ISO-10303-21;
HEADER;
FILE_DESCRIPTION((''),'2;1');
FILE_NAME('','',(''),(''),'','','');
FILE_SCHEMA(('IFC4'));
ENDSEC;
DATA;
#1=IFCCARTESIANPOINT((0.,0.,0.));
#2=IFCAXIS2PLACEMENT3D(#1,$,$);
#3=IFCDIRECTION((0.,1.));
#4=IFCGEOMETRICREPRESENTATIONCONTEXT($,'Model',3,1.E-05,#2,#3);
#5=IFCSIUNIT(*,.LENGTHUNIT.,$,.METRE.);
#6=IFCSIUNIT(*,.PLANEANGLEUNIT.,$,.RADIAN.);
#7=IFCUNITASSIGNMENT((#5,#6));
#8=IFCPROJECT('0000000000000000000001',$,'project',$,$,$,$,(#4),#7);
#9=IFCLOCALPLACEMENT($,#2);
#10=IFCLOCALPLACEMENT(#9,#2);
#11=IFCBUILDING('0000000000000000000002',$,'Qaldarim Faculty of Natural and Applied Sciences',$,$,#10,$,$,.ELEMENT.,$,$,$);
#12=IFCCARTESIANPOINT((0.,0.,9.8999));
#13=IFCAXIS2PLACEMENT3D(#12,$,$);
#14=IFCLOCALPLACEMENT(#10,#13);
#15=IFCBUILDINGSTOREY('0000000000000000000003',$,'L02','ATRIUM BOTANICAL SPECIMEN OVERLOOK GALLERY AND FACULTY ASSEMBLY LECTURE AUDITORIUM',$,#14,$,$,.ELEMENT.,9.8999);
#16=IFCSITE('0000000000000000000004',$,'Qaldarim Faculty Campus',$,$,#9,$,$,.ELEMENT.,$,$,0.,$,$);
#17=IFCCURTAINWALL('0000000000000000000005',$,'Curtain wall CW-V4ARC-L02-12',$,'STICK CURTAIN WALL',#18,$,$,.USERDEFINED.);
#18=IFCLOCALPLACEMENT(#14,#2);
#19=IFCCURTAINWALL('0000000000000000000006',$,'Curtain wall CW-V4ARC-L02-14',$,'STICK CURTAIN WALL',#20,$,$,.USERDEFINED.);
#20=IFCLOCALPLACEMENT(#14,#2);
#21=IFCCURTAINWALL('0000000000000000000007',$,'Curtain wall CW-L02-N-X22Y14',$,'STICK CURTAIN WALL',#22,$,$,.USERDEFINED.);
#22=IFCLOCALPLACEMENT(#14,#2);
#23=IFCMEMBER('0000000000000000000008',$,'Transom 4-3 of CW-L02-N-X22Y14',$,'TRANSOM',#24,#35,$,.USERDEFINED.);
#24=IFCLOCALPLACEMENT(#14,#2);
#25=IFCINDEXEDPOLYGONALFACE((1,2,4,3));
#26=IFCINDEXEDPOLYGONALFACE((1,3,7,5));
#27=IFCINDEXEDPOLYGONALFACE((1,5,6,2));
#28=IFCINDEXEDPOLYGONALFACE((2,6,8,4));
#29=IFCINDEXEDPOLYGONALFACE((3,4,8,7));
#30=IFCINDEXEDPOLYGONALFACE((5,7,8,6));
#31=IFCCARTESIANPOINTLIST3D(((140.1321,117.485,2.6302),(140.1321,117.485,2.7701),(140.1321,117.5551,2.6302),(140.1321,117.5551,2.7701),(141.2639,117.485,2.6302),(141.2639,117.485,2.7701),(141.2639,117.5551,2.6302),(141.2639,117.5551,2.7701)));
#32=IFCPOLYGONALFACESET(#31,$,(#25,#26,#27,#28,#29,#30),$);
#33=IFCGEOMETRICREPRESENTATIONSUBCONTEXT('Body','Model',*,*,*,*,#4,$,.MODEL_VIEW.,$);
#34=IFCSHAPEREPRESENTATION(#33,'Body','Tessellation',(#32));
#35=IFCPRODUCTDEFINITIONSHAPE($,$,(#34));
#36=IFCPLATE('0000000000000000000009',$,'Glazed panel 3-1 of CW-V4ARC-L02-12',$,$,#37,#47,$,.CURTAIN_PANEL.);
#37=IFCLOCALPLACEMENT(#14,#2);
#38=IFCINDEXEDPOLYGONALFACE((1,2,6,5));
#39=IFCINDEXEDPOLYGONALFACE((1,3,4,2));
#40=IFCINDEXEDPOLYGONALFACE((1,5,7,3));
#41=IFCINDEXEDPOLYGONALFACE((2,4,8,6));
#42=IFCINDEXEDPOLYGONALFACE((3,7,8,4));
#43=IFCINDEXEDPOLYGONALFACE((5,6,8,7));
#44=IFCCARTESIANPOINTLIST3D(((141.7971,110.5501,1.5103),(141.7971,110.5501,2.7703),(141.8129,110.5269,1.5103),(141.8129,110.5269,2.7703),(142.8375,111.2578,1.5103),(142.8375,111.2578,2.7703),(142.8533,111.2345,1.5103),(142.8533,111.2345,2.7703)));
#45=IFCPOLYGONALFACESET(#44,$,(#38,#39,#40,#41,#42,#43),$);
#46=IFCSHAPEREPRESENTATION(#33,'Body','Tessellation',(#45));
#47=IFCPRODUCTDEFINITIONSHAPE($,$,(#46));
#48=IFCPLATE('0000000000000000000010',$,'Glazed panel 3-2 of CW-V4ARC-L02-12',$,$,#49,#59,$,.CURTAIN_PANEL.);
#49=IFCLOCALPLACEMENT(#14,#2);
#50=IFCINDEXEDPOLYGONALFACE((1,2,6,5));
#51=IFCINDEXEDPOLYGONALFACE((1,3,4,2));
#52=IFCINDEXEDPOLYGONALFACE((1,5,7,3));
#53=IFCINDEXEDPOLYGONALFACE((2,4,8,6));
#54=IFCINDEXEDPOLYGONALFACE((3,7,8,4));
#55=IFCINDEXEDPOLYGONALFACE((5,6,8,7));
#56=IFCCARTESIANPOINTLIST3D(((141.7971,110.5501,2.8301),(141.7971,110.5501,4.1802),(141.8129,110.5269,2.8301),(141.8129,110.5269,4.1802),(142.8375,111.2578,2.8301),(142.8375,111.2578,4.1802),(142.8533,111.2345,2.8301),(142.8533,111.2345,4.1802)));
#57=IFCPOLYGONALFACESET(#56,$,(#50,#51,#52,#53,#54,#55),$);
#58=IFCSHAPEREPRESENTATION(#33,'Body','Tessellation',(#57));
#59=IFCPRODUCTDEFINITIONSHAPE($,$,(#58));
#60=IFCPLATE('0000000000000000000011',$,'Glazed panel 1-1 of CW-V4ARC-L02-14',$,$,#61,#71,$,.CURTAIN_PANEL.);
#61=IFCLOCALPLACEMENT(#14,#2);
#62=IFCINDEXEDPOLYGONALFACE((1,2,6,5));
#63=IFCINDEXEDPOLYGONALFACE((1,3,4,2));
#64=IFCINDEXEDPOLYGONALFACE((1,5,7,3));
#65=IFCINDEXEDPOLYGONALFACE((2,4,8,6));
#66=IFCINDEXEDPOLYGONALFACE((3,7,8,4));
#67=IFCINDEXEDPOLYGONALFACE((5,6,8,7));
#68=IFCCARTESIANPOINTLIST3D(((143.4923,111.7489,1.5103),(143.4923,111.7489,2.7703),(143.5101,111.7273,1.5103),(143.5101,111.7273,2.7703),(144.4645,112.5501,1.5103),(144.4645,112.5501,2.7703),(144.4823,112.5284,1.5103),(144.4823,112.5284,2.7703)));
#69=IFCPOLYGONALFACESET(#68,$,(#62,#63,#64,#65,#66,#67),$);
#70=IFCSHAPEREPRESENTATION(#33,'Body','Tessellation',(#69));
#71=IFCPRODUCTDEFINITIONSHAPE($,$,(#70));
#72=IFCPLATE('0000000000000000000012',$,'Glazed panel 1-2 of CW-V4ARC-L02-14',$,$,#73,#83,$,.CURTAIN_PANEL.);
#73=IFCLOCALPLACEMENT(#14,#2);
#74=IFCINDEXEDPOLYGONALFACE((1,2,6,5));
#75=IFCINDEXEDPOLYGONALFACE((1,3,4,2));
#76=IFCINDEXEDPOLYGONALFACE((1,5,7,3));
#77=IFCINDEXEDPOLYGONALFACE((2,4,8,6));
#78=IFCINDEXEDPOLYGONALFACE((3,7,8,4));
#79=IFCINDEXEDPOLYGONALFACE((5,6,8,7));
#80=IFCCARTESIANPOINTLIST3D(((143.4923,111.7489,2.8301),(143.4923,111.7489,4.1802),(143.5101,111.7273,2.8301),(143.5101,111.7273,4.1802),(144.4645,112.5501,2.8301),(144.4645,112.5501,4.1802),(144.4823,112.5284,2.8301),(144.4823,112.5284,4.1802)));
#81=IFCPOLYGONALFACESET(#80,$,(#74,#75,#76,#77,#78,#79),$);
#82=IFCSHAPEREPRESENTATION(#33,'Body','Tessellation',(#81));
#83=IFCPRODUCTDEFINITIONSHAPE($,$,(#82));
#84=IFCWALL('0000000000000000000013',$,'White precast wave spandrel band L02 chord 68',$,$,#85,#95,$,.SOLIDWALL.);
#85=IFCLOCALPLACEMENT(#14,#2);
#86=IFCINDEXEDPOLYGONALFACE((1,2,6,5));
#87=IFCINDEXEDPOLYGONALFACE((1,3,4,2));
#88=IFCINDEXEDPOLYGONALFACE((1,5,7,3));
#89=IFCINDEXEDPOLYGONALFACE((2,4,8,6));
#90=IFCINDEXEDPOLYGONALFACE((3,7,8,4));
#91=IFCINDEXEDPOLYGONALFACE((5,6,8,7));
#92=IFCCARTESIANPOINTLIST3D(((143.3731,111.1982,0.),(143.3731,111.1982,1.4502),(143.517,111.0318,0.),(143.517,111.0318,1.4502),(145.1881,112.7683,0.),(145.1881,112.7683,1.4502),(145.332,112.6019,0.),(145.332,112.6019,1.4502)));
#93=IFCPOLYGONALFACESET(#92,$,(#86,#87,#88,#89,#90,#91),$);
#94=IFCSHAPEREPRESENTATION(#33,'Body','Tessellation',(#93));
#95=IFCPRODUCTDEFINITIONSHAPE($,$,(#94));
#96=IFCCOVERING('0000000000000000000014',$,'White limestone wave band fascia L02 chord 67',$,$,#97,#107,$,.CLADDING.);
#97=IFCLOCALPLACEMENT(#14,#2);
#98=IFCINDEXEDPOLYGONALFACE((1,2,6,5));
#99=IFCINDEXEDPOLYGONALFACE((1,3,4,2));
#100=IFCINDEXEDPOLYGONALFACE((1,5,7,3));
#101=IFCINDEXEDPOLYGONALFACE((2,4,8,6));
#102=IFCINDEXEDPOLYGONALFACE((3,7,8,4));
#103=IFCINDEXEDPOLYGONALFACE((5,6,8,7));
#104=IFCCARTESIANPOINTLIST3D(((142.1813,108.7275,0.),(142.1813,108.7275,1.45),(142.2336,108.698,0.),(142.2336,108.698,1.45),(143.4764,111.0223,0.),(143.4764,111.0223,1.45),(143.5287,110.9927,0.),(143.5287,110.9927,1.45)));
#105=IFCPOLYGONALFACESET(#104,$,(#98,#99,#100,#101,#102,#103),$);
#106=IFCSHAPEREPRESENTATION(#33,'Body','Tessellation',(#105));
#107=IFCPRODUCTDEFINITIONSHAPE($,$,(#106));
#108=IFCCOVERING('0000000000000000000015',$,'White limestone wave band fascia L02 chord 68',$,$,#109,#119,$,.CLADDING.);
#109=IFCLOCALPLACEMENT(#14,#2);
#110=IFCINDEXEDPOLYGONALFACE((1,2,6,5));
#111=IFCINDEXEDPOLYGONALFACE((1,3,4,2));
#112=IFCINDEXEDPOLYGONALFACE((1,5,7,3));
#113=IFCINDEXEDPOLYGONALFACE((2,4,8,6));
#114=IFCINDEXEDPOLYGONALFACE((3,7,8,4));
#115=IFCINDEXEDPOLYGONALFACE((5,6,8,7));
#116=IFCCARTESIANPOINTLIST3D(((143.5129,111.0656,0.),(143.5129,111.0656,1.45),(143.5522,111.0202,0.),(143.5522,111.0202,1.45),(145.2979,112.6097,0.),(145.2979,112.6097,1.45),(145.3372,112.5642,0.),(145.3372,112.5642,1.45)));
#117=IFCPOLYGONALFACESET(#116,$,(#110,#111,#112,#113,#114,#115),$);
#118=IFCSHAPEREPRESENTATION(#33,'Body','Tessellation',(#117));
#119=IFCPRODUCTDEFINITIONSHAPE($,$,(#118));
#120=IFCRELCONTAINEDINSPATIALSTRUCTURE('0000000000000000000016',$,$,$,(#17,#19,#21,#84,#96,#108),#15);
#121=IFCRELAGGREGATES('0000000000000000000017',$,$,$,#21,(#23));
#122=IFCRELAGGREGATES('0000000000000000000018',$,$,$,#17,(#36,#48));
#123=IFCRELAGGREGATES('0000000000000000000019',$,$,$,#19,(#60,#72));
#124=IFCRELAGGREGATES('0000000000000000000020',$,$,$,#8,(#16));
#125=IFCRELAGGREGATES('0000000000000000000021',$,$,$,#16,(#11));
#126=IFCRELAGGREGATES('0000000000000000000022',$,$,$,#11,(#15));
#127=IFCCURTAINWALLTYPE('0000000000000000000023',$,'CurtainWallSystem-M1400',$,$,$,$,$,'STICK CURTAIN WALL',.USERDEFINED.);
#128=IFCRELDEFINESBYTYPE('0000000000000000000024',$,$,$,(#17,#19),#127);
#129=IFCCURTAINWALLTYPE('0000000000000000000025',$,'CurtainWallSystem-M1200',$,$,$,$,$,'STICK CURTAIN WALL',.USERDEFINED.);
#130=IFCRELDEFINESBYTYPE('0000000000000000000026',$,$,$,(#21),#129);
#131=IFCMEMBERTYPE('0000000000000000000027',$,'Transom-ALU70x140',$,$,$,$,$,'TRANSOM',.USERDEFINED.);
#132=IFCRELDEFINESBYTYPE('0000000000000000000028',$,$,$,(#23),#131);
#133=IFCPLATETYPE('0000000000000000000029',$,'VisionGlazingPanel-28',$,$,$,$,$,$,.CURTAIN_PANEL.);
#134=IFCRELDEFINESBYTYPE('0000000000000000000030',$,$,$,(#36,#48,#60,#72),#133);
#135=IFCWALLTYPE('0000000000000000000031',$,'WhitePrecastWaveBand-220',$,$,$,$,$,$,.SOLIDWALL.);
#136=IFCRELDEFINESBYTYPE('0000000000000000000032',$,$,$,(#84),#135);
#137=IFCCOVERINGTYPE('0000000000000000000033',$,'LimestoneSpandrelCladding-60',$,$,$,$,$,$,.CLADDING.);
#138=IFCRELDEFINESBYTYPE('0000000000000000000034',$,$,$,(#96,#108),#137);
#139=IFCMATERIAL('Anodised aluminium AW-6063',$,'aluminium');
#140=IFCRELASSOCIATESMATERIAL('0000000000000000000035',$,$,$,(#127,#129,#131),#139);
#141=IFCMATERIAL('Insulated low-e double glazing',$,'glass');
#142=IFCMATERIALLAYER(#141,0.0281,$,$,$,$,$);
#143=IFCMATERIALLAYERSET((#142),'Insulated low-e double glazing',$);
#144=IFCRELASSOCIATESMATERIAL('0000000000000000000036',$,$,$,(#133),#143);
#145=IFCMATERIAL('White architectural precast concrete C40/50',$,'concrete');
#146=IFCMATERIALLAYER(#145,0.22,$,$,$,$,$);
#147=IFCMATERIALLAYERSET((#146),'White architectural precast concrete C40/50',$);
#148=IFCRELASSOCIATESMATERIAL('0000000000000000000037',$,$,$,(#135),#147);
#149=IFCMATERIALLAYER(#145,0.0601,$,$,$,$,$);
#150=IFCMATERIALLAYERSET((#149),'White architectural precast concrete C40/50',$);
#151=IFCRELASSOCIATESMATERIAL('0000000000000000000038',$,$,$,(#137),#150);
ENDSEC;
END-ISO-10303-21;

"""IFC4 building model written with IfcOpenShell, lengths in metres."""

from ifc_helpers import new_model, si_unit, direction, frame, frame_2d, origin, origin_2d, place, context, subcontext, project, spatial, rectangle, extrude, material, layer, layer_set, material_profile, profile_set, type_object, element, aggregate, save


model = new_model("IFC4")

# Units and contexts
model_context = context("Model", 3, precision=1e-05, world=origin(), true_north=direction((0.0, 1.0)))
body_context = subcontext(model_context, "Body", "Model", "MODEL_VIEW")
ifc_project = project(units=[si_unit("LENGTHUNIT", "METRE"), si_unit("PLANEANGLEUNIT", "RADIAN")], contexts=[model_context])

# Site, building, storey
site_placement = place(None, origin())
site = spatial("IfcSite", under=ifc_project, at=site_placement, Name="Qaldarim Faculty Campus", CompositionType="ELEMENT", RefElevation=0.0)
building_placement = place(site_placement, origin())
building = spatial("IfcBuilding", under=site, at=building_placement, Name="Qaldarim Faculty of Natural and Applied Sciences", CompositionType="ELEMENT")
storey_placement = place(building_placement, frame((0.0, 0.0, 9.8999)))
storey = spatial("IfcBuildingStorey", under=building, at=storey_placement, Name="L02", Description="ATRIUM BOTANICAL SPECIMEN OVERLOOK GALLERY AND FACULTY ASSEMBLY LECTURE AUDITORIUM", CompositionType="ELEMENT", Elevation=9.8999)

# Curtain walls
ifc_material_1 = material(Name="Anodised aluminium AW-6063", Category="aluminium")
curtain_wall_type_1 = type_object("IfcCurtainWallType", Name="CurtainWallSystem-M1400", ElementType="STICK CURTAIN WALL", PredefinedType="USERDEFINED", material=ifc_material_1)
curtain_wall_1_placement = place(storey_placement, origin())
curtain_wall_1 = element("IfcCurtainWall", 1, at=curtain_wall_1_placement, inside=storey, type_object=curtain_wall_type_1, Name="Curtain wall CW-V4ARC-L02-12", ObjectType="STICK CURTAIN WALL", PredefinedType="USERDEFINED")
curtain_wall_2_placement = place(storey_placement, origin())
curtain_wall_2 = element("IfcCurtainWall", 2, at=curtain_wall_2_placement, inside=storey, type_object=curtain_wall_type_1, Name="Curtain wall CW-V4ARC-L02-14", ObjectType="STICK CURTAIN WALL", PredefinedType="USERDEFINED")

# Curtain wall, member
curtain_wall_type_2 = type_object("IfcCurtainWallType", Name="CurtainWallSystem-M1200", ElementType="STICK CURTAIN WALL", PredefinedType="USERDEFINED", material=ifc_material_1)
curtain_wall_3_placement = place(storey_placement, origin())
curtain_wall_3 = element("IfcCurtainWall", 3, at=curtain_wall_3_placement, inside=storey, type_object=curtain_wall_type_2, Name="Curtain wall CW-L02-N-X22Y14", ObjectType="STICK CURTAIN WALL", PredefinedType="USERDEFINED")
ifc_material_profile_1 = material_profile(ifc_material_1, rectangle(XDim=0.0701, YDim=0.1399, at=origin_2d()), Name="ALU-T70x140")
ifc_profile_set_1 = profile_set([ifc_material_profile_1], Name="Anodised aluminium AW-6063")
member_type_1 = type_object("IfcMemberType", Name="Transom-ALU70x140", ElementType="TRANSOM", PredefinedType="USERDEFINED", material=ifc_profile_set_1)
member_1_placement = place(storey_placement, frame((141.2639, 117.52, 2.7002), z_axis=(-1.0, 0.0, 0.0), x_axis=(0.0, -1.0, 0.0)))
member_1 = element("IfcMember", 4, at=member_1_placement, type_object=member_type_1, Name="Transom 4-3 of CW-L02-N-X22Y14", ObjectType="TRANSOM", PredefinedType="USERDEFINED", context=body_context, shape_type="SweptSolid", body=[
    extrude(rectangle(XDim=0.0701, YDim=0.1399, at=origin_2d()), origin(), (0.0, 0.0, 1.0), 1.1318),
])
aggregate(curtain_wall_3, [member_1])

# Plates
ifc_material_2 = material(Name="Insulated low-e double glazing", Category="glass")
ifc_layer_1 = layer(ifc_material_2, 0.0281)
ifc_layer_set_1 = layer_set([ifc_layer_1], Name="Insulated low-e double glazing")
plate_type = type_object("IfcPlateType", Name="VisionGlazingPanel-28", PredefinedType="CURTAIN_PANEL", material=ifc_layer_set_1)
plate_1_placement = place(storey_placement, frame((142.3252, 110.8923, 1.5103), z_axis=(0.0, 0.0, 1.0), x_axis=(0.826884, 0.562372, 0.0)))
plate_1 = element("IfcPlate", 5, at=plate_1_placement, type_object=plate_type, Name="Glazed panel 3-1 of CW-V4ARC-L02-12", PredefinedType="CURTAIN_PANEL", context=body_context, shape_type="SweptSolid", body=[
    extrude(rectangle(XDim=1.2583, YDim=0.0281, at=origin_2d()), origin(), (0.0, 0.0, 1.0), 1.26),
])
plate_2_placement = place(storey_placement, frame((142.3252, 110.8923, 2.8301), z_axis=(0.0, 0.0, 1.0), x_axis=(0.826884, 0.562372, 0.0)))
plate_2 = element("IfcPlate", 6, at=plate_2_placement, type_object=plate_type, Name="Glazed panel 3-2 of CW-V4ARC-L02-12", PredefinedType="CURTAIN_PANEL", context=body_context, shape_type="SweptSolid", body=[
    extrude(rectangle(XDim=1.2583, YDim=0.0281, at=origin_2d()), origin(), (0.0, 0.0, 1.0), 1.3501),
])
aggregate(curtain_wall_1, [plate_1, plate_2])
plate_3_placement = place(storey_placement, frame((143.9873, 112.1387, 1.5103), z_axis=(0.0, 0.0, 1.0), x_axis=(0.771747, 0.63593, 0.0)))
plate_3 = element("IfcPlate", 7, at=plate_3_placement, type_object=plate_type, Name="Glazed panel 1-1 of CW-V4ARC-L02-14", PredefinedType="CURTAIN_PANEL", context=body_context, shape_type="SweptSolid", body=[
    extrude(rectangle(XDim=1.2598, YDim=0.0281, at=origin_2d()), origin(), (0.0, 0.0, 1.0), 1.26),
])
plate_4_placement = place(storey_placement, frame((143.9873, 112.1387, 2.8301), z_axis=(0.0, 0.0, 1.0), x_axis=(0.771747, 0.63593, 0.0)))
plate_4 = element("IfcPlate", 8, at=plate_4_placement, type_object=plate_type, Name="Glazed panel 1-2 of CW-V4ARC-L02-14", PredefinedType="CURTAIN_PANEL", context=body_context, shape_type="SweptSolid", body=[
    extrude(rectangle(XDim=1.2598, YDim=0.0281, at=origin_2d()), origin(), (0.0, 0.0, 1.0), 1.3501),
])
aggregate(curtain_wall_2, [plate_3, plate_4])

# Wall
ifc_material_3 = material(Name="White architectural precast concrete C40/50", Category="concrete")
ifc_layer_2 = layer(ifc_material_3, 0.22)
ifc_layer_set_2 = layer_set([ifc_layer_2], Name="White architectural precast concrete C40/50")
wall_type = type_object("IfcWallType", Name="WhitePrecastWaveBand-220", PredefinedType="SOLIDWALL", material=ifc_layer_set_2)
wall_placement = place(storey_placement, frame((143.4451, 111.115, 0.0), z_axis=(0.0, 0.0, 1.0), x_axis=(0.756283, 0.654245, 0.0)))
element("IfcWall", 9, at=wall_placement, inside=storey, type_object=wall_type, Name="White precast wave spandrel band L02 chord 68", PredefinedType="SOLIDWALL", context=body_context, shape_type="SweptSolid", body=[
    extrude(rectangle(XDim=2.3999, YDim=0.22, at=frame_2d((1.2, 0.0))), origin(), (0.0, 0.0, 1.0), 1.4502),
])

# Coverings
ifc_layer_3 = layer(ifc_material_3, 0.0601)
ifc_layer_set_3 = layer_set([ifc_layer_3], Name="White architectural precast concrete C40/50")
covering_type = type_object("IfcCoveringType", Name="LimestoneSpandrelCladding-60", PredefinedType="CLADDING", material=ifc_layer_set_3)
covering_1_placement = place(storey_placement, frame((142.855, 109.8601, 0.0), z_axis=(0.0, 0.0, 1.0), x_axis=(0.491497, 0.870879, 0.0)))
element("IfcCovering", 10, at=covering_1_placement, inside=storey, type_object=covering_type, Name="White limestone wave band fascia L02 chord 67", PredefinedType="CLADDING", context=body_context, shape_type="SweptSolid", body=[
    extrude(rectangle(XDim=2.635, YDim=0.0601, at=origin_2d()), origin(), (0.0, 0.0, 1.0), 1.45),
])
covering_2_placement = place(storey_placement, frame((144.425, 111.8149, 0.0), z_axis=(0.0, 0.0, 1.0), x_axis=(0.75631, 0.654213, 0.0)))
element("IfcCovering", 11, at=covering_2_placement, inside=storey, type_object=covering_type, Name="White limestone wave band fascia L02 chord 68", PredefinedType="CLADDING", context=body_context, shape_type="SweptSolid", body=[
    extrude(rectangle(XDim=2.3601, YDim=0.0601, at=origin_2d()), origin(), (0.0, 0.0, 1.0), 1.45),
])

save(model, "model.ifc")
